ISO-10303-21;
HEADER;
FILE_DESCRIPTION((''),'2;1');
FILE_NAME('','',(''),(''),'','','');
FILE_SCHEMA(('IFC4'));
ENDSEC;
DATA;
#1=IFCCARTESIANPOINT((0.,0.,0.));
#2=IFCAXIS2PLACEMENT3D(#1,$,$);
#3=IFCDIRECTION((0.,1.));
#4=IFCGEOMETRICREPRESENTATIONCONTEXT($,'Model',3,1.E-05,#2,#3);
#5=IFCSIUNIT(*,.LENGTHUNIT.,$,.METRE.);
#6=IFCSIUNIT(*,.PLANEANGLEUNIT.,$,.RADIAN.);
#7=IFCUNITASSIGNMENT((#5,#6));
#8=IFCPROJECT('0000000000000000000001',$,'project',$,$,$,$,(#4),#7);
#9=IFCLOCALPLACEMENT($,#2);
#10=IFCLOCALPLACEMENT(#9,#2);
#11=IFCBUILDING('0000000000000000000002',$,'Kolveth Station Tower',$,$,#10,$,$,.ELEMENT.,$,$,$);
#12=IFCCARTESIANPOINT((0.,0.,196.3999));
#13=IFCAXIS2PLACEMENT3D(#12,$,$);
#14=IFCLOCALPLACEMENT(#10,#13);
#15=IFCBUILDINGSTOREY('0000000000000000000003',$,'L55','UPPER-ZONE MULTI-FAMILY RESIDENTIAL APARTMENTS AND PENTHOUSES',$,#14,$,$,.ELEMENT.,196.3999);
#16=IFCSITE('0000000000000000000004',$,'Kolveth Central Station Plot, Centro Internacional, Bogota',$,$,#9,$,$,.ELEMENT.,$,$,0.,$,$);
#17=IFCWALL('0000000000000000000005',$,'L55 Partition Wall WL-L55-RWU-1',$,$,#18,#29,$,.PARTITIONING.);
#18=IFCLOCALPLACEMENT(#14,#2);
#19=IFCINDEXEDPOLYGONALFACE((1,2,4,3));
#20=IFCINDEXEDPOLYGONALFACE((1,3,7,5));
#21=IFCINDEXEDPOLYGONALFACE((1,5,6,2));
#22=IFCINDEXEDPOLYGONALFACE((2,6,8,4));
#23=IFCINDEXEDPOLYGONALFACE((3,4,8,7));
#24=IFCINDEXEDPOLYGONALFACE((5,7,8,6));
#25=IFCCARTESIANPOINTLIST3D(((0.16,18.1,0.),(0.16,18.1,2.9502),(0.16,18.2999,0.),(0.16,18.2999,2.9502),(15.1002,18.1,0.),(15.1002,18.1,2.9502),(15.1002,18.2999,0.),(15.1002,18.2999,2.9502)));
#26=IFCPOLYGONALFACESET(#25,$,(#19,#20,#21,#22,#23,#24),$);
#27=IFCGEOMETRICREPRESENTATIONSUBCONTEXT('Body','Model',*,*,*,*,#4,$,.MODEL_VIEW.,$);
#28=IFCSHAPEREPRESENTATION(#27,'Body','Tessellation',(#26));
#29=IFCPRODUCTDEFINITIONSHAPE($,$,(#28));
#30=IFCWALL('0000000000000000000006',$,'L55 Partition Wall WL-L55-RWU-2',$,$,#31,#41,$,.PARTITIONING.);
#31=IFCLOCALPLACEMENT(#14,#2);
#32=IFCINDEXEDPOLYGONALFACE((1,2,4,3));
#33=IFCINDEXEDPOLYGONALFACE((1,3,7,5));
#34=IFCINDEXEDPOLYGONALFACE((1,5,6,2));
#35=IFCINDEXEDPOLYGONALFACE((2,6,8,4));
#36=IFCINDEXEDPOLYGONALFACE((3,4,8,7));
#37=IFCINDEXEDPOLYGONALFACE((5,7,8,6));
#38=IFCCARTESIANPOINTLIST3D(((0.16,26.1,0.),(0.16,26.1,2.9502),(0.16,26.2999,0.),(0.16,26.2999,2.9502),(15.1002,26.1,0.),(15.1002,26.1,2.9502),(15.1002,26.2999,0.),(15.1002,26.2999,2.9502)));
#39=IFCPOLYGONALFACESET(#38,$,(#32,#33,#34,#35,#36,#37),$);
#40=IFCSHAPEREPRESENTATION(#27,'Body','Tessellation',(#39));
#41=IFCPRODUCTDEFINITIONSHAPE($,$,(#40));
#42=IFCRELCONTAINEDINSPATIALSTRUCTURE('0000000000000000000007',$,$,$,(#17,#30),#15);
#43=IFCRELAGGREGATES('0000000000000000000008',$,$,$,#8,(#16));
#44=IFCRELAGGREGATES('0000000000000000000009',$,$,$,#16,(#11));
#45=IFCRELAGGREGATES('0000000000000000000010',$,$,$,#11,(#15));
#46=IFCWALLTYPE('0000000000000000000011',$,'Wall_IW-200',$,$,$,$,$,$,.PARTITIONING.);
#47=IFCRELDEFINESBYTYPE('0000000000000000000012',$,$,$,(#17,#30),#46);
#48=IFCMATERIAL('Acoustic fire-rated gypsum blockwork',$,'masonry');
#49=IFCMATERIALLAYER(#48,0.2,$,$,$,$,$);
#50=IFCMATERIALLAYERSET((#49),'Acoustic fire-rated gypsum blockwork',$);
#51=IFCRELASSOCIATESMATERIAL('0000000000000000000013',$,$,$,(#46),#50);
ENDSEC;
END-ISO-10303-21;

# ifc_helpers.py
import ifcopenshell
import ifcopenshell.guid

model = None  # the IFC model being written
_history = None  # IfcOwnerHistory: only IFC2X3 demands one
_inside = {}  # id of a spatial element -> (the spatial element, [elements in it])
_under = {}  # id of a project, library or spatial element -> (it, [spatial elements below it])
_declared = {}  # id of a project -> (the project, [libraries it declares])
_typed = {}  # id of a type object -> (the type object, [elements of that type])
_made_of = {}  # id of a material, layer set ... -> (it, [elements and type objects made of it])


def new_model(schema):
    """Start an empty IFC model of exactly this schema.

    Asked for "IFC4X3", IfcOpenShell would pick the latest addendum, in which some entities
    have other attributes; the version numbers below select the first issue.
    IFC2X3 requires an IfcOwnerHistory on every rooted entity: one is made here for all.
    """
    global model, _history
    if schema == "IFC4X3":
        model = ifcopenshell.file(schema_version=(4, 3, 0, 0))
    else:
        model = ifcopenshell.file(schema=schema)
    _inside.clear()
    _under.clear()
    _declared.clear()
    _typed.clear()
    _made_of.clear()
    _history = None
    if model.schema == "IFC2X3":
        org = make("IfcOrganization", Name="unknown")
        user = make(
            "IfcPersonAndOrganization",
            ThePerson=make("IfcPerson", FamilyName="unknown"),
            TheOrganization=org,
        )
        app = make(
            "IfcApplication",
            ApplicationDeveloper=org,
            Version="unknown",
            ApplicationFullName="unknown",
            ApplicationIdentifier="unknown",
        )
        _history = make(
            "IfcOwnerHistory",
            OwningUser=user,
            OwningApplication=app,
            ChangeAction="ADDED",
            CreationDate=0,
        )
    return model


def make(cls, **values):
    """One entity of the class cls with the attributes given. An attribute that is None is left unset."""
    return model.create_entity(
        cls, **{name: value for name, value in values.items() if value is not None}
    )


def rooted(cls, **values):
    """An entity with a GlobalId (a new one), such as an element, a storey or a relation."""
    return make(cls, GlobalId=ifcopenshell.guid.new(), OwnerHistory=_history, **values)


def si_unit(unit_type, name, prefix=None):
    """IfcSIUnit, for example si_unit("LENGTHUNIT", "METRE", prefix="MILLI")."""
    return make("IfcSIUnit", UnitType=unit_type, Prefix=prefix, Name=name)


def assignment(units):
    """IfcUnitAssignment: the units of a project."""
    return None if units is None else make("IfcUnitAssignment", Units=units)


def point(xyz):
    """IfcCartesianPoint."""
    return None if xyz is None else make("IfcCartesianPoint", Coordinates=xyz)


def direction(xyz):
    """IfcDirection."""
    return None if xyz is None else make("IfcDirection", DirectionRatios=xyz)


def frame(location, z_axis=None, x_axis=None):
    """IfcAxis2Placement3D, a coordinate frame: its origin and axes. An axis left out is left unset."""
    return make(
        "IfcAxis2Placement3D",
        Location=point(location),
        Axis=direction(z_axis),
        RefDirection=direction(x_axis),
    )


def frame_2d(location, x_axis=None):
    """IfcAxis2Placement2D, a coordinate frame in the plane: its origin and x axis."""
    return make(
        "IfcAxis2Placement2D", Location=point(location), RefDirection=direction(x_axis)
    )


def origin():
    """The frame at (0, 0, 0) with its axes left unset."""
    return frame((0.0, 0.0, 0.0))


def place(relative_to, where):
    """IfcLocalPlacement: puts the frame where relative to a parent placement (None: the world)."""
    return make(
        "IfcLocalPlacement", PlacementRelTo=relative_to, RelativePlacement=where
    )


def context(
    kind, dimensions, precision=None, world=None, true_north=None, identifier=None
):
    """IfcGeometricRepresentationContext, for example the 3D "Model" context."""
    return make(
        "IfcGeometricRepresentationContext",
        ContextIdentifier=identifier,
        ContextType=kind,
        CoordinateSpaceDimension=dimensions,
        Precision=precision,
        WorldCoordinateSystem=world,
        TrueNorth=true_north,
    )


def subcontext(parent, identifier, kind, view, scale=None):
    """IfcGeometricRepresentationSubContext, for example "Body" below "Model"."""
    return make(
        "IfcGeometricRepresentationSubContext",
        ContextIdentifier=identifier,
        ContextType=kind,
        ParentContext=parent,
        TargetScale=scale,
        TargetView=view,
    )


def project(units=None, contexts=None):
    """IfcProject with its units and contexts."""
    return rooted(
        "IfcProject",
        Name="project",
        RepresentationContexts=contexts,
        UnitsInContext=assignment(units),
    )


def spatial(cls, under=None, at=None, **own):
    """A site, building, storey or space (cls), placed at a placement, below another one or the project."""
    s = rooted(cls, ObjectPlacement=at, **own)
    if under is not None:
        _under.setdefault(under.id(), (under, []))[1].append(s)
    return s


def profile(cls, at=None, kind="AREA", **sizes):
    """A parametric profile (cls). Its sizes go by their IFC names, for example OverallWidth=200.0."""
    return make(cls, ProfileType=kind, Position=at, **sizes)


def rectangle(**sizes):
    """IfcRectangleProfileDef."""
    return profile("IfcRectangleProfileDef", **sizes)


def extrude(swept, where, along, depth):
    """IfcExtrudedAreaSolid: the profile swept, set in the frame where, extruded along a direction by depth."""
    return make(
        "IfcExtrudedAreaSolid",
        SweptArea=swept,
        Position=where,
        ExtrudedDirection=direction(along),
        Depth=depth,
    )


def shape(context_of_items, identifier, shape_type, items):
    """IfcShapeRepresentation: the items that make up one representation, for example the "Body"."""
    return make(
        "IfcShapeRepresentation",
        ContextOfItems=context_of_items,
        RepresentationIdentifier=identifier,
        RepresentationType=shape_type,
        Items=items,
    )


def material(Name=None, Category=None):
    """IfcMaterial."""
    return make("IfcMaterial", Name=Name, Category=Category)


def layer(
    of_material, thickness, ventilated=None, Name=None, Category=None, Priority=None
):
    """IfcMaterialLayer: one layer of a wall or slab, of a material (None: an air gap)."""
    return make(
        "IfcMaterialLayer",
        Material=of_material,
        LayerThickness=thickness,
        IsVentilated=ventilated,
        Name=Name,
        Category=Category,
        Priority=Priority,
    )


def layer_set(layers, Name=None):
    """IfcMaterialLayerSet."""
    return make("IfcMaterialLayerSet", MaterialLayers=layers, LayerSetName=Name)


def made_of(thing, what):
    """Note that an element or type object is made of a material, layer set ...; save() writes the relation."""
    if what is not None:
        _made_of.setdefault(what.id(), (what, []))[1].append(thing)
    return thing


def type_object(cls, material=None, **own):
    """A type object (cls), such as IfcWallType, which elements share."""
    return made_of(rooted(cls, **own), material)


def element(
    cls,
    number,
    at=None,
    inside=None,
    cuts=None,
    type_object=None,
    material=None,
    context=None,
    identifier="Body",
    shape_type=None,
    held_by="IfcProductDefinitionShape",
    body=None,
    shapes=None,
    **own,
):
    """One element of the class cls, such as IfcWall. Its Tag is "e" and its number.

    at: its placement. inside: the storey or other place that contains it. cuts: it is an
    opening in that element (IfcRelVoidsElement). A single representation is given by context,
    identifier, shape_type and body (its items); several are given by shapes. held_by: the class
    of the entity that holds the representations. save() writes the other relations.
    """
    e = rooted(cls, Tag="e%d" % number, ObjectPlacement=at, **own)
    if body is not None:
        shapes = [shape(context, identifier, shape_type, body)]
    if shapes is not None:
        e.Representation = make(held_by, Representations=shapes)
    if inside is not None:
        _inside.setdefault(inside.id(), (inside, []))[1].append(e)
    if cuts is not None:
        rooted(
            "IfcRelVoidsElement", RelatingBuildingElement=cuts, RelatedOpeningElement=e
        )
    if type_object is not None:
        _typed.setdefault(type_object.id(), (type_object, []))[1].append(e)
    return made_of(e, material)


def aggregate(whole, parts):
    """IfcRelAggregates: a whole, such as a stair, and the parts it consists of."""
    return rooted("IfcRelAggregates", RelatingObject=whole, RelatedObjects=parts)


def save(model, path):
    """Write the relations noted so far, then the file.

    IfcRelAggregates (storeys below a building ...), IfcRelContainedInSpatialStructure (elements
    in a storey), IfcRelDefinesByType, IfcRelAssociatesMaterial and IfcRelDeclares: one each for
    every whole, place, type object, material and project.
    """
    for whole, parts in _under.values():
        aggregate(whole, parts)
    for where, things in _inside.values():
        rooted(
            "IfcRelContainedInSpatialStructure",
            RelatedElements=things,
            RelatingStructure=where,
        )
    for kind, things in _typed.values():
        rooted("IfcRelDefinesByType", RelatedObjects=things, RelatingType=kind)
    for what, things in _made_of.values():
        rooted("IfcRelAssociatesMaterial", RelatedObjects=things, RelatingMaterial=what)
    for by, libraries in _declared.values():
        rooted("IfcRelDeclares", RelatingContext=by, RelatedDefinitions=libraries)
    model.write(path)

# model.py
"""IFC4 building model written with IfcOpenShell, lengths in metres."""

from ifc_helpers import new_model, si_unit, direction, frame, frame_2d, origin, place, context, subcontext, project, spatial, rectangle, extrude, material, layer, layer_set, type_object, element, save


model = new_model("IFC4")

# Units and contexts
model_context = context("Model", 3, precision=1e-05, world=origin(), true_north=direction((0.0, 1.0)))
body_context = subcontext(model_context, "Body", "Model", "MODEL_VIEW")
ifc_project = project(units=[si_unit("LENGTHUNIT", "METRE"), si_unit("PLANEANGLEUNIT", "RADIAN")], contexts=[model_context])

# Site, building, storey
site_placement = place(None, origin())
site = spatial("IfcSite", under=ifc_project, at=site_placement, Name="Kolveth Central Station Plot, Centro Internacional, Bogota", CompositionType="ELEMENT", RefElevation=0.0)
building_placement = place(site_placement, origin())
building = spatial("IfcBuilding", under=site, at=building_placement, Name="Kolveth Station Tower", CompositionType="ELEMENT")
storey_placement = place(building_placement, frame((0.0, 0.0, 196.3999)))
storey = spatial("IfcBuildingStorey", under=building, at=storey_placement, Name="L55", Description="UPPER-ZONE MULTI-FAMILY RESIDENTIAL APARTMENTS AND PENTHOUSES", CompositionType="ELEMENT", Elevation=196.3999)

# Walls
ifc_material_1 = material(Name="Acoustic fire-rated gypsum blockwork", Category="masonry")
ifc_layer_1 = layer(ifc_material_1, 0.2)
ifc_layer_set_1 = layer_set([ifc_layer_1], Name="Acoustic fire-rated gypsum blockwork")
wall_type_1 = type_object("IfcWallType", Name="Wall_IW-200", PredefinedType="PARTITIONING", material=ifc_layer_set_1)
for number, where, z_axis, x_axis, name in (
    (1, (0.1599, 18.2, 0.0), (0.0, 0.0, 1.0), (1.0, 0.0, 0.0), "L55 Partition Wall WL-L55-RWU-1"),
    (2, (0.1599, 26.2, 0.0), (0.0, 0.0, 1.0), (1.0, 0.0, 0.0), "L55 Partition Wall WL-L55-RWU-2"),
):
    element("IfcWall", number, at=place(storey_placement, frame(where, z_axis=z_axis, x_axis=x_axis)), inside=storey, type_object=wall_type_1, Name=name, PredefinedType="PARTITIONING", context=body_context, shape_type="SweptSolid", body=[
        extrude(rectangle(XDim=14.9402, YDim=0.2, at=frame_2d((7.4702, 0.0))), origin(), (0.0, 0.0, 1.0), 2.9502),
    ])

save(model, "model.ifc")
